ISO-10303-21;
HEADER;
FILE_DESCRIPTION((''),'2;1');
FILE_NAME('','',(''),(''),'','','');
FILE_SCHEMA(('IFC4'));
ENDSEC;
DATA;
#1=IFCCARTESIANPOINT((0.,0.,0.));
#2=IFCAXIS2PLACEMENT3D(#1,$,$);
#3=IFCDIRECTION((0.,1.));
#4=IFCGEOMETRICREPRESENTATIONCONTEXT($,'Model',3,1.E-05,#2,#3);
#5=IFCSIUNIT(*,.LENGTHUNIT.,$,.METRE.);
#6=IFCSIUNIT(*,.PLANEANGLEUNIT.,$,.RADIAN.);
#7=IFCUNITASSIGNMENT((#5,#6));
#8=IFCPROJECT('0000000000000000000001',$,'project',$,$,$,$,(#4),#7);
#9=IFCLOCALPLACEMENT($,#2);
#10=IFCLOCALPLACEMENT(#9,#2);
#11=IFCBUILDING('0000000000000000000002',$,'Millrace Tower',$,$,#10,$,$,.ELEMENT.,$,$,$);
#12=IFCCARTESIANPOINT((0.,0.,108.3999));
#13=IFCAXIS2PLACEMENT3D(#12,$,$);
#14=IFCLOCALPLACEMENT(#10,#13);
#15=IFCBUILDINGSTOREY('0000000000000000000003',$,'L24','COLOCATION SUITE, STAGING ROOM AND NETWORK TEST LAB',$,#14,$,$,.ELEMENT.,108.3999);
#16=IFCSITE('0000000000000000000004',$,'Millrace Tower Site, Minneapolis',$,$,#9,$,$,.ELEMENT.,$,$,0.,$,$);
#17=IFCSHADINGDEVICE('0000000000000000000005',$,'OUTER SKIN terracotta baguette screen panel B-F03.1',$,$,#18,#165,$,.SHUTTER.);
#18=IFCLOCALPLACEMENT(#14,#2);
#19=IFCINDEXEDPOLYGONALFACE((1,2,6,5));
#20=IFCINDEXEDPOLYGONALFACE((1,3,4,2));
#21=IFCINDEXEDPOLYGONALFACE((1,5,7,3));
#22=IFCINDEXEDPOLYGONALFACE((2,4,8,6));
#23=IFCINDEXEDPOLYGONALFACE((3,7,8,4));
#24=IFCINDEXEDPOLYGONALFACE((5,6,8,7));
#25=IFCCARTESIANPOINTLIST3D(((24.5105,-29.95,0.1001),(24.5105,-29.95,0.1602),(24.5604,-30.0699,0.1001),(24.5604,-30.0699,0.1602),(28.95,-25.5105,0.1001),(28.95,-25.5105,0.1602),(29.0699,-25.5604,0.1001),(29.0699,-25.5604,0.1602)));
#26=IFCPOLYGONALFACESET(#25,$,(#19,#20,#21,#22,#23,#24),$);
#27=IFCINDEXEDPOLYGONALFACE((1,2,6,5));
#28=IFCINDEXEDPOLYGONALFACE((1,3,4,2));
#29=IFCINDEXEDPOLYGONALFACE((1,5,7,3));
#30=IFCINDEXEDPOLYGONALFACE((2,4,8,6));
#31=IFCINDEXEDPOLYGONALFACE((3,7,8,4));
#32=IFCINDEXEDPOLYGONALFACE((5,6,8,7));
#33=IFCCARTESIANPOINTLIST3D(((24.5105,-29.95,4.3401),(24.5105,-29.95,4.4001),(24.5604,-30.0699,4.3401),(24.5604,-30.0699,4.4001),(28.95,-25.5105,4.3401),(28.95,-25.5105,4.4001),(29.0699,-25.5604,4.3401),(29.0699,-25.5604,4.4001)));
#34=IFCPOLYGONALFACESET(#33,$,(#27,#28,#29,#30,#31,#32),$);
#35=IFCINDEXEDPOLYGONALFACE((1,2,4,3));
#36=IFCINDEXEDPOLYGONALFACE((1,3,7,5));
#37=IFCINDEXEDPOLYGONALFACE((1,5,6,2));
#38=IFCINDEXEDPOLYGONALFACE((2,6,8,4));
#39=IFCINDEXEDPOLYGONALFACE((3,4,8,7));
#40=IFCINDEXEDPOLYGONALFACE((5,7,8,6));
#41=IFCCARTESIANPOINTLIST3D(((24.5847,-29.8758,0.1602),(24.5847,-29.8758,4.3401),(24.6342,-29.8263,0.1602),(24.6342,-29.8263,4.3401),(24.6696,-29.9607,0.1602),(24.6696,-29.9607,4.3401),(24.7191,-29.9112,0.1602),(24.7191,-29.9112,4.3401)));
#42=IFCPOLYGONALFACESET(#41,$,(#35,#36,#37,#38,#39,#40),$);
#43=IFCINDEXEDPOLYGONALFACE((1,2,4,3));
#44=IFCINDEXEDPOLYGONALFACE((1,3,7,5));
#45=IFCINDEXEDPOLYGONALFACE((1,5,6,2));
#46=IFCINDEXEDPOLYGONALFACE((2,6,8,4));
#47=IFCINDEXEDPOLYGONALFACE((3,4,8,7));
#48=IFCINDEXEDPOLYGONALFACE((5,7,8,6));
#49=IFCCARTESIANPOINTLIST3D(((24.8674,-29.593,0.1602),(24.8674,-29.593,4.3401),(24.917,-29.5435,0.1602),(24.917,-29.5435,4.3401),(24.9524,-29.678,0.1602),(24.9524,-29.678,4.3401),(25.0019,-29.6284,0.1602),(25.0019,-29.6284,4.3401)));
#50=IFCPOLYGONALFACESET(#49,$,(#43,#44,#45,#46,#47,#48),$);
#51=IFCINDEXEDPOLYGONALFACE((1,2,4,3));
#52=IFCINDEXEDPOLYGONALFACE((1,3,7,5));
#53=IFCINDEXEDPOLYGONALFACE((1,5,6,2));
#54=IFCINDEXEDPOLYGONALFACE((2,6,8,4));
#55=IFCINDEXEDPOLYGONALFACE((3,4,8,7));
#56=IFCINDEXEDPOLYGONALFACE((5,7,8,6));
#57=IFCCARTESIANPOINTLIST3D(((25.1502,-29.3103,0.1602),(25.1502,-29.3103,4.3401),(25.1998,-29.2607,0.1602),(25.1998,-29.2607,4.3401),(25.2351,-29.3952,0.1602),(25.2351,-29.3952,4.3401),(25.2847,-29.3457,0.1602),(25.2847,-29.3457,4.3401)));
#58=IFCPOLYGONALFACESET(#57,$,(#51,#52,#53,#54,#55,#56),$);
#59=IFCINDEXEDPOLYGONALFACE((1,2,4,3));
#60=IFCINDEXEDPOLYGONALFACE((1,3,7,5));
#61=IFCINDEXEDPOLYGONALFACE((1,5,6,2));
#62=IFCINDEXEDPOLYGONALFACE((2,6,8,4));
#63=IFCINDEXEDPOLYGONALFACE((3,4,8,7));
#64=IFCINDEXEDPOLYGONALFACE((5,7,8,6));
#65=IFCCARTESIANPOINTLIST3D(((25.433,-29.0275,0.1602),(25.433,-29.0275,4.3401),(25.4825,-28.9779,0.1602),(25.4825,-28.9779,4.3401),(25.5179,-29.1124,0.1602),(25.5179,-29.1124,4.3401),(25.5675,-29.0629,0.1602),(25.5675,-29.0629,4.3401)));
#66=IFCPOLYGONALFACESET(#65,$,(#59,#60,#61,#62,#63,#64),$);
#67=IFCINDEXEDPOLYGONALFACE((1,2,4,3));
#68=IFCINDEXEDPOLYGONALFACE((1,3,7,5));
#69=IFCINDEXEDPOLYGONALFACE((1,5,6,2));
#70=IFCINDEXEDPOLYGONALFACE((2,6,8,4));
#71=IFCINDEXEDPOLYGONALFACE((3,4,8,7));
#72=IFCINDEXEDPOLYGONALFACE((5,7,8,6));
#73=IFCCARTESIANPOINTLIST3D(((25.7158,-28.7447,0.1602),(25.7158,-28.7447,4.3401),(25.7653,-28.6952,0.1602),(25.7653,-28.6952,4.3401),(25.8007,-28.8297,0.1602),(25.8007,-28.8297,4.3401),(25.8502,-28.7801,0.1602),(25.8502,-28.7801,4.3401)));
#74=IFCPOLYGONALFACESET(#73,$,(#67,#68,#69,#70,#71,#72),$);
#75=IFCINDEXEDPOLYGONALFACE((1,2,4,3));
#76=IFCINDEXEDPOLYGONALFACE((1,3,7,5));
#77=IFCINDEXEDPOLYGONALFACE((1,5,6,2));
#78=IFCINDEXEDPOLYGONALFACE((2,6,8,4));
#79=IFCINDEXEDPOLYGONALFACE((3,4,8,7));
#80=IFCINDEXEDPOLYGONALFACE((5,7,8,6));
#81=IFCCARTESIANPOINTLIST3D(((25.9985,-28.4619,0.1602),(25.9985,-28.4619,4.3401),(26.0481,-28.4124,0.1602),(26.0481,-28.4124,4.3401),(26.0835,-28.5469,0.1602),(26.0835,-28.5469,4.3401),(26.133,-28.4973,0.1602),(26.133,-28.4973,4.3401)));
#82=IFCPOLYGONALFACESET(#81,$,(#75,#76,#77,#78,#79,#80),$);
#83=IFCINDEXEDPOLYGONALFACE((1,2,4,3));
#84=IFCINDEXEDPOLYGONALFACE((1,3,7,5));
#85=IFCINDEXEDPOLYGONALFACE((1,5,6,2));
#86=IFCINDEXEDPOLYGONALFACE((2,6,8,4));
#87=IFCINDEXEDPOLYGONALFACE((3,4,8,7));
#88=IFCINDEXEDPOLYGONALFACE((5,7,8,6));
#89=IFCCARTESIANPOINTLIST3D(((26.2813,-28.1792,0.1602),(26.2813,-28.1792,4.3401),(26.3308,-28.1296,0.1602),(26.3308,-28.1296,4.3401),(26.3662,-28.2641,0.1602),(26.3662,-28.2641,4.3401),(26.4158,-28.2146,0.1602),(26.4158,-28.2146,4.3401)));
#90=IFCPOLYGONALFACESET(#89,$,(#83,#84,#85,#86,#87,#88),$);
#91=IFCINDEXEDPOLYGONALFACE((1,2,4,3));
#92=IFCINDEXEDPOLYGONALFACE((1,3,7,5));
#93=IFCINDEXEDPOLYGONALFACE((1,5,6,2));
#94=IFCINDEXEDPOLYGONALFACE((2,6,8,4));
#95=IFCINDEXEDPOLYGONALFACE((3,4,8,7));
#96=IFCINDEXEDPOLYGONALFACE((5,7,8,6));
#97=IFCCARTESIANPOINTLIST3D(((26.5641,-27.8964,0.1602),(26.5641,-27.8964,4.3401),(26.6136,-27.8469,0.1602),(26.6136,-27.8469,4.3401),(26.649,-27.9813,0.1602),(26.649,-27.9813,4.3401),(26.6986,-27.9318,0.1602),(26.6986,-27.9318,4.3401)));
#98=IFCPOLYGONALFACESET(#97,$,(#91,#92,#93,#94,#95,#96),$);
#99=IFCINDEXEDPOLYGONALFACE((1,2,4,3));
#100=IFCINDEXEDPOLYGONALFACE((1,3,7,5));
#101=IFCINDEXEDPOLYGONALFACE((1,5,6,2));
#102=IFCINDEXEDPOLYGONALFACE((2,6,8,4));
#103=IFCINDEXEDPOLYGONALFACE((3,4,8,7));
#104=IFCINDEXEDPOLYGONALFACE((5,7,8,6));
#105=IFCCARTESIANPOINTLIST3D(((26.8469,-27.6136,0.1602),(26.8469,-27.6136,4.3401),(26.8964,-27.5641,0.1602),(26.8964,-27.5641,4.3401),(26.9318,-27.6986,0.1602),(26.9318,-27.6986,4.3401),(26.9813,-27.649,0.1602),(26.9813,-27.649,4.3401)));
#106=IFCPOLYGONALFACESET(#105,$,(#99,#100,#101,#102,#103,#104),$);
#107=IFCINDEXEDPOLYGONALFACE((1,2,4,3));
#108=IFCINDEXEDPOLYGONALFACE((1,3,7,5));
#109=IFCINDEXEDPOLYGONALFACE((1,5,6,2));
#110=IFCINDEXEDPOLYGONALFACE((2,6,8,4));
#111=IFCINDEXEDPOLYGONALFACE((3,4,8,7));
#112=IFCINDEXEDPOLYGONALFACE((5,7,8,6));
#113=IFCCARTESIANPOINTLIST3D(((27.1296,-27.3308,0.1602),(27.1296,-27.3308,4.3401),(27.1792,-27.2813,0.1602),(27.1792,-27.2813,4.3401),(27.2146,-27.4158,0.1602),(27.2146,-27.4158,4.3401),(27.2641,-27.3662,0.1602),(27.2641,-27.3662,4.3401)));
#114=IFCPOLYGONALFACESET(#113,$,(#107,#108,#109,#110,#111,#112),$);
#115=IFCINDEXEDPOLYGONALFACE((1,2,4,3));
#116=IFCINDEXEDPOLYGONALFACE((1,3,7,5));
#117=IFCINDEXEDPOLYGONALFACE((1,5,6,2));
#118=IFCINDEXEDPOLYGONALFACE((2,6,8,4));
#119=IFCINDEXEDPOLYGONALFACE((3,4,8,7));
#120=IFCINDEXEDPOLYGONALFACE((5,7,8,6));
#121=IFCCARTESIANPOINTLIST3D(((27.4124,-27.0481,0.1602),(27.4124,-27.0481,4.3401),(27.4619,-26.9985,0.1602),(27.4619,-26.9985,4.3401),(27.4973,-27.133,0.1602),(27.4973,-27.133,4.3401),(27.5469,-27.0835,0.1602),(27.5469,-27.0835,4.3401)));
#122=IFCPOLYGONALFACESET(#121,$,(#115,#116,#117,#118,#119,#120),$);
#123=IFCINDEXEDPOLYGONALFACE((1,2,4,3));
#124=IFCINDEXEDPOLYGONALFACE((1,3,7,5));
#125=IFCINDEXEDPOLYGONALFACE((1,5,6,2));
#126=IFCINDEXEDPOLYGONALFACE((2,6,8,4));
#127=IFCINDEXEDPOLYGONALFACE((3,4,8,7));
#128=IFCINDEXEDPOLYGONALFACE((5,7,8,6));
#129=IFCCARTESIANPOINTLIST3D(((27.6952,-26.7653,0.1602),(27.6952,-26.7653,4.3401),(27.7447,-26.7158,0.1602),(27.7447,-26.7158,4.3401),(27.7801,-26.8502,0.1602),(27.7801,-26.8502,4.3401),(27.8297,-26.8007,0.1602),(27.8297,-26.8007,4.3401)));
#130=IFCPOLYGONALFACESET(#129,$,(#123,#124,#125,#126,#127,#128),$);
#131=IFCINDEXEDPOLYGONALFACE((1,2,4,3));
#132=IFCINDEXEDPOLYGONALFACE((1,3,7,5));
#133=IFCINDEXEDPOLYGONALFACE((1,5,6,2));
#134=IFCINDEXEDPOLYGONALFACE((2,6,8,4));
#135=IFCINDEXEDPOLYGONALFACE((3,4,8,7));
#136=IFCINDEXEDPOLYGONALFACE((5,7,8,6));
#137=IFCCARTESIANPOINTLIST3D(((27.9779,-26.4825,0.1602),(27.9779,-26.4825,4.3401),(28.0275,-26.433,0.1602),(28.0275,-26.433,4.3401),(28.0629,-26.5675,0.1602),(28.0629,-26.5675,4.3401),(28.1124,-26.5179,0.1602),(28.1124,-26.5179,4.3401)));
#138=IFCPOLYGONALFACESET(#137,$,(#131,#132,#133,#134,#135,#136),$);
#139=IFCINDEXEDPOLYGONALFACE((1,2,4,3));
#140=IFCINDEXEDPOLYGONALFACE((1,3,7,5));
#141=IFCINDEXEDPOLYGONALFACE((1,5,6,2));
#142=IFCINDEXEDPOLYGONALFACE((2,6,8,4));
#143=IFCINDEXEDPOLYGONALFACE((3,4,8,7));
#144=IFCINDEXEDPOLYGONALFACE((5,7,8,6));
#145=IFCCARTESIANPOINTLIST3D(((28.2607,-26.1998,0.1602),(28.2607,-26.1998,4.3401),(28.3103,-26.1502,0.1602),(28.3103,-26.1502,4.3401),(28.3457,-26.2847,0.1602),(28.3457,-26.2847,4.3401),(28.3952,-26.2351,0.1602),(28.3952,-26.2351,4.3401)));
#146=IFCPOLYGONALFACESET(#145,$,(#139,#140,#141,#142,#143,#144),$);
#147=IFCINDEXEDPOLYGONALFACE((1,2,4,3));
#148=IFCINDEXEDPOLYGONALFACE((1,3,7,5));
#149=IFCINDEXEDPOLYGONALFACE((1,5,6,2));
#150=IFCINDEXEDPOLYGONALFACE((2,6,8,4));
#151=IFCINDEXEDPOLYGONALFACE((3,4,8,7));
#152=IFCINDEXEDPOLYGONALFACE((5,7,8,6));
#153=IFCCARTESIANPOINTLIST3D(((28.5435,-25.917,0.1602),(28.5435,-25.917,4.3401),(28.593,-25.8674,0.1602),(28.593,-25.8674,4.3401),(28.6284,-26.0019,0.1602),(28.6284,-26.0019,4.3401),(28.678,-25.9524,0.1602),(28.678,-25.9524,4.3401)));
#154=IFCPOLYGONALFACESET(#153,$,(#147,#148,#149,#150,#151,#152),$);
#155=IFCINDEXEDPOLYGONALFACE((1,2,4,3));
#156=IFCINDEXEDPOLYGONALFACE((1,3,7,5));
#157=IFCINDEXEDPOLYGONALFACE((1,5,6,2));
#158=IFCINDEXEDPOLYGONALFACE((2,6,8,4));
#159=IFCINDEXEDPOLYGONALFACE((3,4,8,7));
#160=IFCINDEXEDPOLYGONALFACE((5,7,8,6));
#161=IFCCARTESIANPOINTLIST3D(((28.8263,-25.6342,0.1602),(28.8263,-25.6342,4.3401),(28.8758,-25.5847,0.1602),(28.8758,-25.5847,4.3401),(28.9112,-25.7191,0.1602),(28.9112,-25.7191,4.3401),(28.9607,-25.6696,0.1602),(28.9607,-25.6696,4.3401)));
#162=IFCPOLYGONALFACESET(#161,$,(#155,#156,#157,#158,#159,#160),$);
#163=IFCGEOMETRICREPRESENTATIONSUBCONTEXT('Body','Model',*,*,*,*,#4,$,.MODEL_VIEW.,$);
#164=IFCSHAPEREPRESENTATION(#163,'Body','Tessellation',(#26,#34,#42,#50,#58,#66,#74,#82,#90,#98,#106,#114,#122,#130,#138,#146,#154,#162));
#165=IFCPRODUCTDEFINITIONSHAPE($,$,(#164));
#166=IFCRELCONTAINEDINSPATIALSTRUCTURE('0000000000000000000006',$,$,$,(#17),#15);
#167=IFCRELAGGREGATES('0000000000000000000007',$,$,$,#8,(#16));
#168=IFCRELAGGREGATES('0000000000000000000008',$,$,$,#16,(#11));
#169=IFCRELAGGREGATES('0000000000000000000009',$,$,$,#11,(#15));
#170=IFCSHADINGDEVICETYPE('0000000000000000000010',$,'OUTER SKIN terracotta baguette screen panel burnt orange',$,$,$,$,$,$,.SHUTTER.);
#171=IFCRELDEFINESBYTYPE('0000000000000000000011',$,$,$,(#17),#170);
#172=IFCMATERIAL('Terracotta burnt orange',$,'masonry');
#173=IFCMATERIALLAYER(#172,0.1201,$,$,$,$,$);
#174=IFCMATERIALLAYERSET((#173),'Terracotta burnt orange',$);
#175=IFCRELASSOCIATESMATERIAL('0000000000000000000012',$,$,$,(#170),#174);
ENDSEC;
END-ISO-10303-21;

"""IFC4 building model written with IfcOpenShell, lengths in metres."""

from ifc_helpers import new_model, entity, si_unit, direction, frame, frame_2d, origin, place, context, subcontext, project, spatial, rectangle, extrude, source, transform, mapped, material, layer, layer_set, type_object, element, save


model = new_model("IFC4")

# Units and contexts
model_context = context("Model", 3, precision=1e-05, world=origin(), true_north=direction((0.0, 1.0)))
body_context = subcontext(model_context, "Body", "Model", "MODEL_VIEW")
ifc_project = project(units=[si_unit("LENGTHUNIT", "METRE"), si_unit("PLANEANGLEUNIT", "RADIAN")], contexts=[model_context])

# Site, building, storey
site_placement = place(None, origin())
site = spatial("IfcSite", under=ifc_project, at=site_placement, Name="Millrace Tower Site, Minneapolis", CompositionType="ELEMENT", RefElevation=0.0)
building_placement = place(site_placement, origin())
building = spatial("IfcBuilding", under=site, at=building_placement, Name="Millrace Tower", CompositionType="ELEMENT")
storey_placement = place(building_placement, frame((0.0, 0.0, 108.3999)))
storey = spatial("IfcBuildingStorey", under=building, at=storey_placement, Name="L24", Description="COLOCATION SUITE, STAGING ROOM AND NETWORK TEST LAB", CompositionType="ELEMENT", Elevation=108.3999)

# Shading device
ifc_material_1 = material(Name="Terracotta burnt orange", Category="masonry")
ifc_layer_1 = layer(ifc_material_1, 0.1201)
ifc_layer_set_1 = layer_set([ifc_layer_1], Name="Terracotta burnt orange")
shading_device_type = type_object("IfcShadingDeviceType", Name="OUTER SKIN terracotta baguette screen panel burnt orange", PredefinedType="SHUTTER", material=ifc_layer_set_1)
cartesian_point_1 = entity("IfcCartesianPoint", [-3.1392, 0.0601])
shared_polyline_1 = entity("IfcPolyline", [cartesian_point_1, entity("IfcCartesianPoint", [3.1392, 0.0601]), entity("IfcCartesianPoint", [3.1887, -0.0601]), entity("IfcCartesianPoint", [-3.1887, -0.0601]), cartesian_point_1])
shared_shape_1 = source(origin(), body_context, "Body", "SweptSolid", [
    entity("IfcExtrudedAreaSolid", entity("IfcArbitraryClosedProfileDef", "AREA", None, shared_polyline_1), entity("IfcAxis2Placement3D", entity("IfcCartesianPoint", [0.0, 0.0, 0.0])), entity("IfcDirection", [0.0, 0.0, 1.0]), 0.0601),
    entity("IfcExtrudedAreaSolid", entity("IfcArbitraryClosedProfileDef", "AREA", None, shared_polyline_1), entity("IfcAxis2Placement3D", entity("IfcCartesianPoint", [0.0, 0.0, 4.24])), entity("IfcDirection", [0.0, 0.0, 1.0]), 0.0601),
    extrude(rectangle(XDim=0.0701, YDim=0.1201, at=frame_2d((-2.9993, 0.0))), frame((0.0, 0.0, 0.0601)), (0.0, 0.0, 1.0), 4.1799),
    extrude(rectangle(XDim=0.0701, YDim=0.1201, at=frame_2d((-2.5994, 0.0))), frame((0.0, 0.0, 0.0601)), (0.0, 0.0, 1.0), 4.1799),
    extrude(rectangle(XDim=0.0701, YDim=0.1201, at=frame_2d((-2.1995, 0.0))), frame((0.0, 0.0, 0.0601)), (0.0, 0.0, 1.0), 4.1799),
    extrude(rectangle(XDim=0.0701, YDim=0.1201, at=frame_2d((-1.7996, 0.0))), frame((0.0, 0.0, 0.0601)), (0.0, 0.0, 1.0), 4.1799),
    extrude(rectangle(XDim=0.0701, YDim=0.1201, at=frame_2d((-1.3997, 0.0))), frame((0.0, 0.0, 0.0601)), (0.0, 0.0, 1.0), 4.1799),
    extrude(rectangle(XDim=0.0701, YDim=0.1201, at=frame_2d((-0.9998, 0.0))), frame((0.0, 0.0, 0.0601)), (0.0, 0.0, 1.0), 4.1799),
    extrude(rectangle(XDim=0.0701, YDim=0.1201, at=frame_2d((-0.5999, 0.0))), frame((0.0, 0.0, 0.0601)), (0.0, 0.0, 1.0), 4.1799),
    extrude(rectangle(XDim=0.0701, YDim=0.1201, at=frame_2d((-0.2, 0.0))), frame((0.0, 0.0, 0.0601)), (0.0, 0.0, 1.0), 4.1799),
    extrude(rectangle(XDim=0.0701, YDim=0.1201, at=frame_2d((0.2, 0.0))), frame((0.0, 0.0, 0.0601)), (0.0, 0.0, 1.0), 4.1799),
    extrude(rectangle(XDim=0.0701, YDim=0.1201, at=frame_2d((0.5999, 0.0))), frame((0.0, 0.0, 0.0601)), (0.0, 0.0, 1.0), 4.1799),
    extrude(rectangle(XDim=0.0701, YDim=0.1201, at=frame_2d((0.9998, 0.0))), frame((0.0, 0.0, 0.0601)), (0.0, 0.0, 1.0), 4.1799),
    extrude(rectangle(XDim=0.0701, YDim=0.1201, at=frame_2d((1.3997, 0.0))), frame((0.0, 0.0, 0.0601)), (0.0, 0.0, 1.0), 4.1799),
    extrude(rectangle(XDim=0.0701, YDim=0.1201, at=frame_2d((1.7996, 0.0))), frame((0.0, 0.0, 0.0601)), (0.0, 0.0, 1.0), 4.1799),
    extrude(rectangle(XDim=0.0701, YDim=0.1201, at=frame_2d((2.1995, 0.0))), frame((0.0, 0.0, 0.0601)), (0.0, 0.0, 1.0), 4.1799),
    extrude(rectangle(XDim=0.0701, YDim=0.1201, at=frame_2d((2.5994, 0.0))), frame((0.0, 0.0, 0.0601)), (0.0, 0.0, 1.0), 4.1799),
    extrude(rectangle(XDim=0.0701, YDim=0.1201, at=frame_2d((2.9993, 0.0))), frame((0.0, 0.0, 0.0601)), (0.0, 0.0, 1.0), 4.1799),
])
shading_device_1_placement = place(storey_placement, frame((26.7727, -27.7727, 0.1001), z_axis=(0.0, 0.0, 1.0), x_axis=(0.707107, 0.707107, 0.0)))
element("IfcShadingDevice", 1, at=shading_device_1_placement, inside=storey, type_object=shading_device_type, Name="OUTER SKIN terracotta baguette screen panel B-F03.1", PredefinedType="SHUTTER", context=body_context, shape_type="MappedRepresentation", body=[
    mapped(shared_shape_1, transform((0.0, 0.0, 0.0), scale=1.0)),
])

save(model, "model.ifc")
